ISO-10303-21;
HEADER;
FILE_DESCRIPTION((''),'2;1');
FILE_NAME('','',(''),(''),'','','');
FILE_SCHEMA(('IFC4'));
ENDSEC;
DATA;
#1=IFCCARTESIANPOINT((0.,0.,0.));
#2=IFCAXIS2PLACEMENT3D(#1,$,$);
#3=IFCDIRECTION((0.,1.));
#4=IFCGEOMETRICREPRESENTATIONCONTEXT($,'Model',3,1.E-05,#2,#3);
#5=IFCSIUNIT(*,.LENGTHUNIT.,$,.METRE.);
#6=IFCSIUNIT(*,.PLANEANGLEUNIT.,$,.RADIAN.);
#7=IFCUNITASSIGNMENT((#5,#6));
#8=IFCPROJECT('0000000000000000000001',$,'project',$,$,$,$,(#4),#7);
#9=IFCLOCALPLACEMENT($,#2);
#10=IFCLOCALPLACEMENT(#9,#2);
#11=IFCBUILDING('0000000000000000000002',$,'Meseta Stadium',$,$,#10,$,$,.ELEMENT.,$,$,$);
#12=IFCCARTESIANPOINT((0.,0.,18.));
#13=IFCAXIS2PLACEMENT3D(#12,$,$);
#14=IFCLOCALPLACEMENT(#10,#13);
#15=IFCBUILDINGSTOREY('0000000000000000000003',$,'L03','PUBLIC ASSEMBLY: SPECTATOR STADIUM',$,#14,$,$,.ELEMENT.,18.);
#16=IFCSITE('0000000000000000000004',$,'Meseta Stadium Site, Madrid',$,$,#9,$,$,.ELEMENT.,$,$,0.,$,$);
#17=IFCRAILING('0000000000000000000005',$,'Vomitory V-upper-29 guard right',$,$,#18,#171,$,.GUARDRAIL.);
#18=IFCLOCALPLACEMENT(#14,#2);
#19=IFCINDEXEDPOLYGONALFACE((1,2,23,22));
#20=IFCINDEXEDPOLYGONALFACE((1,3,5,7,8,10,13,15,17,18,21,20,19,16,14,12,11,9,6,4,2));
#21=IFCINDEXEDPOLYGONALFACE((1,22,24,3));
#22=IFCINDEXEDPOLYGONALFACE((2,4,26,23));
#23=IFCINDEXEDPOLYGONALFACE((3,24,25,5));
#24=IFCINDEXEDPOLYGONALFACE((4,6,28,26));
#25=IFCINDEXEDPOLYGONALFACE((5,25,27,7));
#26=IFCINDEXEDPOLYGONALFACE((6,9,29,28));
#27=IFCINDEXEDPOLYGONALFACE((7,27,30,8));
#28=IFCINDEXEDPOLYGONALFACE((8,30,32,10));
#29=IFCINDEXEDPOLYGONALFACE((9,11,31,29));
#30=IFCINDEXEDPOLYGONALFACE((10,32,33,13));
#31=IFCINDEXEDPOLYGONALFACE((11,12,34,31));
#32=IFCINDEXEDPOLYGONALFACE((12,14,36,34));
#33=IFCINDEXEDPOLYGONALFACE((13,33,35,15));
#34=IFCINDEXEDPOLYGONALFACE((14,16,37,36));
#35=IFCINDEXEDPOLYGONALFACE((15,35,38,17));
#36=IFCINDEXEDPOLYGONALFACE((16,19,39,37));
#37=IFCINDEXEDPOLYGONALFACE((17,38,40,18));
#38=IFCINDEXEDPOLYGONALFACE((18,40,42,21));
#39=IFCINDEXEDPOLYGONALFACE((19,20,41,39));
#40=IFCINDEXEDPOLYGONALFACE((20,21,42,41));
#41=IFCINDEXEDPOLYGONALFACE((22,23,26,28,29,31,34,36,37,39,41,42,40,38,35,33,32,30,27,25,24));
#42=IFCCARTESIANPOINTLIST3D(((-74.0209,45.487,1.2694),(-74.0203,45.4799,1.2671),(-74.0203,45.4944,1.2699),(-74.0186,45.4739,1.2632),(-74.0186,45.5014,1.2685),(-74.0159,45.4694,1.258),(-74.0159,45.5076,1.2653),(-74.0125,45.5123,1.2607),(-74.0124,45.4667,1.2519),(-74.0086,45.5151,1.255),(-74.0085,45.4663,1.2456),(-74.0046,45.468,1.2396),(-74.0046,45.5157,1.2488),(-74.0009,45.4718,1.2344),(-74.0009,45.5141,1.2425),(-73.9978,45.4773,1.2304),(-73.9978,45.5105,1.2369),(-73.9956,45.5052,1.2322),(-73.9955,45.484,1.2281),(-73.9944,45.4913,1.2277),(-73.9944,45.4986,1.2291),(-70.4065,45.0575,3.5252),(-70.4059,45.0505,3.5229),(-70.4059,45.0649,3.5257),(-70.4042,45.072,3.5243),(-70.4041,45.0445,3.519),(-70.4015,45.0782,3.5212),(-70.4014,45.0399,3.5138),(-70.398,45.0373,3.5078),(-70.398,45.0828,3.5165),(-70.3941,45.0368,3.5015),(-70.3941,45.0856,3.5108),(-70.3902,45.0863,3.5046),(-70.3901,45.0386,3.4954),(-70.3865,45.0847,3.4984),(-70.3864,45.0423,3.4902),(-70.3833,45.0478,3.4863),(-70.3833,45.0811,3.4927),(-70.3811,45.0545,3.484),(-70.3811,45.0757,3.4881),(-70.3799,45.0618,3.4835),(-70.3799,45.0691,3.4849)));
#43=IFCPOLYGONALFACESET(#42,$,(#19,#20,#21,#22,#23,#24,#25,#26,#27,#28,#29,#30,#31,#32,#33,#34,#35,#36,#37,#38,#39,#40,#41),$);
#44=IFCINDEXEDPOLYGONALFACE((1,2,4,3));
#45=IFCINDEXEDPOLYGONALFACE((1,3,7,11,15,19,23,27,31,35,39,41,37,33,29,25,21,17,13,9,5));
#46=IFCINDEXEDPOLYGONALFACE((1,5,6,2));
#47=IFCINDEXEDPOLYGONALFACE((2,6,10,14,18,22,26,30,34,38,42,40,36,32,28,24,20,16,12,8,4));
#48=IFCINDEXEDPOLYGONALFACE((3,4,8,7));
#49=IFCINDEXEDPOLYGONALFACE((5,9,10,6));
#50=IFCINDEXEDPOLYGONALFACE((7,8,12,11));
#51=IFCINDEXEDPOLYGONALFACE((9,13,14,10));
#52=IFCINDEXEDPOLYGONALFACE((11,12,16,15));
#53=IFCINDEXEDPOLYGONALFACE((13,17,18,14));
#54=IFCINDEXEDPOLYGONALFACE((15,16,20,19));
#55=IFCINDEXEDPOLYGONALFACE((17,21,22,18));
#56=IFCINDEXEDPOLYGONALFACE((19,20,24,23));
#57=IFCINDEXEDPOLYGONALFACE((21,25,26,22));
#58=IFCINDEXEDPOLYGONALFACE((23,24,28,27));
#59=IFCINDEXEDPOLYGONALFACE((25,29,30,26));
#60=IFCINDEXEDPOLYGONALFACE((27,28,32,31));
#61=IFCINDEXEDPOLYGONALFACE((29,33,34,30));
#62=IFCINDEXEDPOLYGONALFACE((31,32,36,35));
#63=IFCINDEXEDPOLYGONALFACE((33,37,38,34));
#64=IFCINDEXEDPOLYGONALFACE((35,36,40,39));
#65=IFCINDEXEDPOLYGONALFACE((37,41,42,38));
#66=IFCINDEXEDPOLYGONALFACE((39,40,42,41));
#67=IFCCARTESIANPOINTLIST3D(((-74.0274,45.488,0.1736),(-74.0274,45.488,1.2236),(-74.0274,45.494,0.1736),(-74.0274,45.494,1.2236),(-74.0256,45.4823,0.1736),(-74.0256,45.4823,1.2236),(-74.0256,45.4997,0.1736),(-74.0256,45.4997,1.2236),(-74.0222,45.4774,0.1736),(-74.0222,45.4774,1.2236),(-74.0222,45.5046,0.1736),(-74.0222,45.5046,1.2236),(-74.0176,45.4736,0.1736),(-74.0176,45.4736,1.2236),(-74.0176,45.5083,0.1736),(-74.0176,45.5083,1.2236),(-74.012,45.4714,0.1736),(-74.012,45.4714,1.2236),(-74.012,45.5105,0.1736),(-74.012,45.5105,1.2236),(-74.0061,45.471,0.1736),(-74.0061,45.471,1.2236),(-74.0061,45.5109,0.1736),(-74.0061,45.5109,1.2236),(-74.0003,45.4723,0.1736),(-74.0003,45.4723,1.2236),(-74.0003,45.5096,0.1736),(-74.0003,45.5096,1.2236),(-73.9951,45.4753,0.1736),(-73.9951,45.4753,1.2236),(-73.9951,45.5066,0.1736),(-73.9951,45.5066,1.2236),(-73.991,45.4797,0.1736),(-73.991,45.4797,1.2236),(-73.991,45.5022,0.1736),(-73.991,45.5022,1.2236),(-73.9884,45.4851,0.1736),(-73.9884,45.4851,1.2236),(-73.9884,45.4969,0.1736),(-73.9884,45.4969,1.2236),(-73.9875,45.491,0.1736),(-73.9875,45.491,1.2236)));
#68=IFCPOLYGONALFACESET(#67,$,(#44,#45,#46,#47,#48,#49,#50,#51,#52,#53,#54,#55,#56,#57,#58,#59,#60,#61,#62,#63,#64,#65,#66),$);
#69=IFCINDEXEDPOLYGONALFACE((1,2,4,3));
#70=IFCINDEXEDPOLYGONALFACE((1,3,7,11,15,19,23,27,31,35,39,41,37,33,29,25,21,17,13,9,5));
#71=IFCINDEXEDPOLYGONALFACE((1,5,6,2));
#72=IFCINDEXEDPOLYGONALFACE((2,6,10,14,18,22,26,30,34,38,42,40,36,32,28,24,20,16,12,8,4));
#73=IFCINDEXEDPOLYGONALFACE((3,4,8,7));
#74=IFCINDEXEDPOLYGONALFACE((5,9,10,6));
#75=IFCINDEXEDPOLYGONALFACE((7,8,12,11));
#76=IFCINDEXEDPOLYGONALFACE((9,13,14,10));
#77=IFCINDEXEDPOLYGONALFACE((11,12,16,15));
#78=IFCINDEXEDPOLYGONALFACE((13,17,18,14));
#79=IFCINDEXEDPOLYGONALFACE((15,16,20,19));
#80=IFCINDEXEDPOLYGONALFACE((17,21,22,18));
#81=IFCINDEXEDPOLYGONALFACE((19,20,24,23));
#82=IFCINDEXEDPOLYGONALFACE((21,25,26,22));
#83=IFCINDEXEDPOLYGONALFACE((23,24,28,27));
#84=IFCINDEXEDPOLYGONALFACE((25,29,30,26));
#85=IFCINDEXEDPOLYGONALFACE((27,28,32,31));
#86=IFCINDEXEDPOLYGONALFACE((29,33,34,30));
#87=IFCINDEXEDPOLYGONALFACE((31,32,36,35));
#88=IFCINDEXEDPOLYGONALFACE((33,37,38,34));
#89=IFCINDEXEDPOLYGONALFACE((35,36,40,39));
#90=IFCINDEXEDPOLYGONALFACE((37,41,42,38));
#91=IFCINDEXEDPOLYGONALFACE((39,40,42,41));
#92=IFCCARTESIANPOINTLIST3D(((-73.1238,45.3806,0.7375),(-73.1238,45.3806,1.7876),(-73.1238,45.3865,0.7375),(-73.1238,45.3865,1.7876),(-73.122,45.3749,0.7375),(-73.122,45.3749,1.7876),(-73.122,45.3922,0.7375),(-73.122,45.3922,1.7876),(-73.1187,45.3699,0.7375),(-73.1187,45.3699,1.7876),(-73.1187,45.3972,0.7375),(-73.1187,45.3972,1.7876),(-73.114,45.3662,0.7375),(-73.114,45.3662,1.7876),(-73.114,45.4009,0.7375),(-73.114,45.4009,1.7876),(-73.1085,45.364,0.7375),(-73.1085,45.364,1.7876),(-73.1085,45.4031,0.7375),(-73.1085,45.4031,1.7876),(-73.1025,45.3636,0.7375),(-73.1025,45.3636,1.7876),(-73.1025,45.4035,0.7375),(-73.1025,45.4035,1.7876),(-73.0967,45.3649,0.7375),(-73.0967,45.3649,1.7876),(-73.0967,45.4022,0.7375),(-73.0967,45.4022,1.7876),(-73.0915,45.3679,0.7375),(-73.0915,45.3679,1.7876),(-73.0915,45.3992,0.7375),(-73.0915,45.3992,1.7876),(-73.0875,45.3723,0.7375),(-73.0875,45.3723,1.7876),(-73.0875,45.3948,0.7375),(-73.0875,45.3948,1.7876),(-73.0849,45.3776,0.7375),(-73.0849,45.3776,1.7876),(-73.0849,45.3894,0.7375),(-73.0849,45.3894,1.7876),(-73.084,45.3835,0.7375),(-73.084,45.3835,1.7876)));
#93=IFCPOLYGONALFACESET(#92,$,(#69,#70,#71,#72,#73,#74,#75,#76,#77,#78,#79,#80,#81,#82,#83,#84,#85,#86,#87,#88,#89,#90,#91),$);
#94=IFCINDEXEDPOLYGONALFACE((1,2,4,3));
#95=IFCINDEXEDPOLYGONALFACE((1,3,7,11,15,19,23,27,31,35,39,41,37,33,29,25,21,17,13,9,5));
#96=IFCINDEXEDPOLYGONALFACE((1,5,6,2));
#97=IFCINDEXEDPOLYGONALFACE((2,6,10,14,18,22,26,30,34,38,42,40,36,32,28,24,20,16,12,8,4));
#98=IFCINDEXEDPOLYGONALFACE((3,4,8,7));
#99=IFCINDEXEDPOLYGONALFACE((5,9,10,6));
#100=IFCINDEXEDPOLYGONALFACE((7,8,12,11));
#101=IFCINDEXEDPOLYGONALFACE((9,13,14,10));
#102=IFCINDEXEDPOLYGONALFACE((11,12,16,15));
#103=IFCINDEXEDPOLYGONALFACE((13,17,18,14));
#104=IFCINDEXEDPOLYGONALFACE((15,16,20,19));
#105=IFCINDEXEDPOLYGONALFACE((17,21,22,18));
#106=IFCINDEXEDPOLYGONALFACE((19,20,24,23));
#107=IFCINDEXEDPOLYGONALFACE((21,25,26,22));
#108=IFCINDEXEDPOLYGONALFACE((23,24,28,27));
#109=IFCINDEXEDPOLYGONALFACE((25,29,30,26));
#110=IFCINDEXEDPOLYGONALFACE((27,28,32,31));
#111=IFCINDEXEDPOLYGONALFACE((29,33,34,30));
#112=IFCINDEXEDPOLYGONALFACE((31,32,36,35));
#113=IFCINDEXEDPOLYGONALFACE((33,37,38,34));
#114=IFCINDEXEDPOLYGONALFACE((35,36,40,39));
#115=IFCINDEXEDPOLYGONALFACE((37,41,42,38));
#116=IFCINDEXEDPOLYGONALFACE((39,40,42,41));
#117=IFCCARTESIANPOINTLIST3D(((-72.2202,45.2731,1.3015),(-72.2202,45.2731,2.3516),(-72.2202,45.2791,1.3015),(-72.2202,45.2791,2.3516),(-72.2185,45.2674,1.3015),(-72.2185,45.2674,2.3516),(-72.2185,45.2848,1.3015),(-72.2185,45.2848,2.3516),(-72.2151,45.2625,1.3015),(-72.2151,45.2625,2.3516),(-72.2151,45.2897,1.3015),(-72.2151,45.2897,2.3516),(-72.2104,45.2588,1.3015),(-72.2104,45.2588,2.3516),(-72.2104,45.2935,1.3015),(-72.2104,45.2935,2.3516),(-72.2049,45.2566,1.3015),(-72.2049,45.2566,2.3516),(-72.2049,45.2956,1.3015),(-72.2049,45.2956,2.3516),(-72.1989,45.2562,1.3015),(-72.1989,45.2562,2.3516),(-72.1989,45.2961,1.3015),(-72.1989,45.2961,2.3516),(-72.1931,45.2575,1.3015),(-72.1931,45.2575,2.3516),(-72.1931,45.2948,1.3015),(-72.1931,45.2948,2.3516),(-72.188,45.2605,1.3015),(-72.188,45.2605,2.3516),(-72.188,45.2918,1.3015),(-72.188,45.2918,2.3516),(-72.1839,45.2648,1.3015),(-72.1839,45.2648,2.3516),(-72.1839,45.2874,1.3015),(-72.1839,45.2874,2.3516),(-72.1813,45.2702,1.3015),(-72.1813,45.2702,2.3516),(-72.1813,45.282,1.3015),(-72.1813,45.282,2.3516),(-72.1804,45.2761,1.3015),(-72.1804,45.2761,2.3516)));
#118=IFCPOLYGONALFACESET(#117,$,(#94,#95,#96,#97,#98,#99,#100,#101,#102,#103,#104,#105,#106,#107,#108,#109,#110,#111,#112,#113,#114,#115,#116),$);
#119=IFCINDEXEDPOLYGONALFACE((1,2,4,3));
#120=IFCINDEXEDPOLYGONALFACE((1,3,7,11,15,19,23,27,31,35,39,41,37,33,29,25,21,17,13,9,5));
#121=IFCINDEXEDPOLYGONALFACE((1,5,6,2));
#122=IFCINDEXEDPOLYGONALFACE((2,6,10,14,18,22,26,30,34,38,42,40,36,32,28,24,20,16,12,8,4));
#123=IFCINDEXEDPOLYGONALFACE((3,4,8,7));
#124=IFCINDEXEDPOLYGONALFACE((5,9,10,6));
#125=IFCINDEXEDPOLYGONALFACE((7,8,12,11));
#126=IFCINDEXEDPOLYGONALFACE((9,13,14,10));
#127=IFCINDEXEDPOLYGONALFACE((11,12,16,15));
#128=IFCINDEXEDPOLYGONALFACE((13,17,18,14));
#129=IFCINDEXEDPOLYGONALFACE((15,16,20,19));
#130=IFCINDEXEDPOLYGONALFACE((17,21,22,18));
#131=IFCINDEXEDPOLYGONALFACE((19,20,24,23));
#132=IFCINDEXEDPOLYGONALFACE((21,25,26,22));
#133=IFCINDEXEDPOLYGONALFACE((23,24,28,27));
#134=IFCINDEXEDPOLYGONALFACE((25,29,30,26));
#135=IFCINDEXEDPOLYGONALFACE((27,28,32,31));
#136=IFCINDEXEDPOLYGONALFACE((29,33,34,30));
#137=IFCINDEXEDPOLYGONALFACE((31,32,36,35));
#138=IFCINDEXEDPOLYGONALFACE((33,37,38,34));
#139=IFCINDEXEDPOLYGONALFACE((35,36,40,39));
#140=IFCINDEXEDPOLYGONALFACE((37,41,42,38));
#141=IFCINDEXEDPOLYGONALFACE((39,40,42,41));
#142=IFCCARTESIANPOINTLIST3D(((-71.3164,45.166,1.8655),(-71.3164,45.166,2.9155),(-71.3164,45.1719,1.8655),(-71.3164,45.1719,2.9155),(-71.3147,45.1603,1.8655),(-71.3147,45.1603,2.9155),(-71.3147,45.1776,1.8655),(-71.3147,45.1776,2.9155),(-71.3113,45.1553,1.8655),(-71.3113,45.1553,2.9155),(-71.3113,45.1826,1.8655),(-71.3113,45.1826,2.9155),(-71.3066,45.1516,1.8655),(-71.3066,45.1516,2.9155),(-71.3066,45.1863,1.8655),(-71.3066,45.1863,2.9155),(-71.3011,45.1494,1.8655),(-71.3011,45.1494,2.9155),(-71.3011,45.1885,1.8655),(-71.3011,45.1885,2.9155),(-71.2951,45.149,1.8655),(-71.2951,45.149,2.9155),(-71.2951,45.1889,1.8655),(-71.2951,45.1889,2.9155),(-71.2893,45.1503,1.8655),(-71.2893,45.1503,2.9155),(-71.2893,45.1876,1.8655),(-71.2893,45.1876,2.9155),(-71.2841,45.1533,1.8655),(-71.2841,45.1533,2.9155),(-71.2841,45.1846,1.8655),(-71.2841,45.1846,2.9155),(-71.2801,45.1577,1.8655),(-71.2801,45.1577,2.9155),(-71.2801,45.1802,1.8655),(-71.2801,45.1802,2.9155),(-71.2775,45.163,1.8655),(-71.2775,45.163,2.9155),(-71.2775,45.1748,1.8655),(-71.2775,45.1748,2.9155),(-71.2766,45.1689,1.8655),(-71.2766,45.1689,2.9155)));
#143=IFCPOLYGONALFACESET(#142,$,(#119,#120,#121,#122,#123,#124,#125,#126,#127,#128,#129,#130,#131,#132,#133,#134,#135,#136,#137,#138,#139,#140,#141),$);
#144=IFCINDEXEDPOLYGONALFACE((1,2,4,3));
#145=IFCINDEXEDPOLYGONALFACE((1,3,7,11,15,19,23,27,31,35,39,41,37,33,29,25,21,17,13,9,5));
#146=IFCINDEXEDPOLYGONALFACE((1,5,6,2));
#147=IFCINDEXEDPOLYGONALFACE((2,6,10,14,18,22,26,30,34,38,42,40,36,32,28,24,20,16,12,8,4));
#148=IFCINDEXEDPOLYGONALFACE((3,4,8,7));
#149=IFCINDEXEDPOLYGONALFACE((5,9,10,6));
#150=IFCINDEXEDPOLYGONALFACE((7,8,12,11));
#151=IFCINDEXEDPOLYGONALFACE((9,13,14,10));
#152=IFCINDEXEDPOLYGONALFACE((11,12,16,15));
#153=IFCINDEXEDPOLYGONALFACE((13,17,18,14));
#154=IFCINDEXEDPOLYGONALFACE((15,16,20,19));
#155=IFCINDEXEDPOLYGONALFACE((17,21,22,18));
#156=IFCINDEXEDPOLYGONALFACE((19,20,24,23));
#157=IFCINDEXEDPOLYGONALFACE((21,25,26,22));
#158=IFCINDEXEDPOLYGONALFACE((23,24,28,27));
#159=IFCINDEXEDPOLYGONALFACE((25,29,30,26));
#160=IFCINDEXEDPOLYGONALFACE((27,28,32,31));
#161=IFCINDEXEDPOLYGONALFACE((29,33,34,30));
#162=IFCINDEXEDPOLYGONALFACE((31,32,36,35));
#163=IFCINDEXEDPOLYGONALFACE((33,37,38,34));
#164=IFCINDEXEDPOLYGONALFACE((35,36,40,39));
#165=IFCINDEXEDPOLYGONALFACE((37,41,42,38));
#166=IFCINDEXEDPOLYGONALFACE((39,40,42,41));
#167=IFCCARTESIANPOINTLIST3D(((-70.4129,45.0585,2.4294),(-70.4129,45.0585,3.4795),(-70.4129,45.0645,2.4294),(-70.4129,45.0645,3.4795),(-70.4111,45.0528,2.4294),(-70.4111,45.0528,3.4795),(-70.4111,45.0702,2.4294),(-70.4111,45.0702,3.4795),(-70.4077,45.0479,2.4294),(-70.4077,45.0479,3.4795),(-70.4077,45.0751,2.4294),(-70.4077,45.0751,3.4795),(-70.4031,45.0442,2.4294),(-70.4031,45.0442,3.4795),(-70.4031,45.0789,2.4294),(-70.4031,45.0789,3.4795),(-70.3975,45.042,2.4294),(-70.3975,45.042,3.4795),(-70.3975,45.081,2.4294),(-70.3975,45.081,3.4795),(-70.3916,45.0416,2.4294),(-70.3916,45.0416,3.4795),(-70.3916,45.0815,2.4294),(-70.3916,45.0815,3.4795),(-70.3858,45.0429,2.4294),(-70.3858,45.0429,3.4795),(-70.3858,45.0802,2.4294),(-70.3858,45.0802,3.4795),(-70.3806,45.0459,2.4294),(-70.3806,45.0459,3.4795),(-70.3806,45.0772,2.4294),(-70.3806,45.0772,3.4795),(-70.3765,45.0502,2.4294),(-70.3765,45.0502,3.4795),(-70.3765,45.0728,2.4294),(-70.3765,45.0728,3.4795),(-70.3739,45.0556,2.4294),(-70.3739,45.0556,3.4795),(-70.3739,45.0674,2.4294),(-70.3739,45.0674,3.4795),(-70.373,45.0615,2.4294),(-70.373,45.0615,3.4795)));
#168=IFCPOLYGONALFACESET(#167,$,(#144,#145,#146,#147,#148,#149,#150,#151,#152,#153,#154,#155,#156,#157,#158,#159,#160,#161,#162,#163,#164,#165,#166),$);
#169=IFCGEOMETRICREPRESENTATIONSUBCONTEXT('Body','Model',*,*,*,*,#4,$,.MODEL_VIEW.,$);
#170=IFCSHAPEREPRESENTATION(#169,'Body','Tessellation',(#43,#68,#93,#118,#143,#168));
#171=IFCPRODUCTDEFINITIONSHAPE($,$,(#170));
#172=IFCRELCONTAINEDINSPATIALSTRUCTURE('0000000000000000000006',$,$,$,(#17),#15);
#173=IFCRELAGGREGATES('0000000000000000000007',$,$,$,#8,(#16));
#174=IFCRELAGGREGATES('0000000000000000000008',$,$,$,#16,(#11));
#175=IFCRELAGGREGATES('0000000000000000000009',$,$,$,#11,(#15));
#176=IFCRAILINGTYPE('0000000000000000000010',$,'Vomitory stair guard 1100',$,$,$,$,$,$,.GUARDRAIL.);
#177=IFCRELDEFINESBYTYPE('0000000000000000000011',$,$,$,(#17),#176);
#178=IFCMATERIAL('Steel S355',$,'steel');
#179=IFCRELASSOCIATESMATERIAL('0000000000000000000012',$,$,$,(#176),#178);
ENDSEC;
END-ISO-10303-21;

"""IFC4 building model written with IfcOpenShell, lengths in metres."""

from ifc_helpers import new_model, si_unit, direction, frame, origin, origin_2d, place, context, subcontext, project, spatial, circle, extrude, material, type_object, element, save


model = new_model("IFC4")

# Units and contexts
model_context = context("Model", 3, precision=1e-05, world=origin(), true_north=direction((0.0, 1.0)))
body_context = subcontext(model_context, "Body", "Model", "MODEL_VIEW")
ifc_project = project(units=[si_unit("LENGTHUNIT", "METRE"), si_unit("PLANEANGLEUNIT", "RADIAN")], contexts=[model_context])

# Site, building, storey
site_placement = place(None, origin())
site = spatial("IfcSite", under=ifc_project, at=site_placement, Name="Meseta Stadium Site, Madrid", CompositionType="ELEMENT", RefElevation=0.0)
building_placement = place(site_placement, origin())
building = spatial("IfcBuilding", under=site, at=building_placement, Name="Meseta Stadium", CompositionType="ELEMENT")
storey_placement = place(building_placement, frame((0.0, 0.0, 18.0)))
storey = spatial("IfcBuildingStorey", under=building, at=storey_placement, Name="L03", Description="PUBLIC ASSEMBLY: SPECTATOR STADIUM", CompositionType="ELEMENT", Elevation=18.0)

# Railing
ifc_material_1 = material(Name="Steel S355", Category="steel")
railing_type_1 = type_object("IfcRailingType", Name="Vomitory stair guard 1100", PredefinedType="GUARDRAIL", material=ifc_material_1)
railing_1_placement = place(storey_placement, frame((-74.0076, 45.491, 0.1736)))
element("IfcRailing", 1, at=railing_1_placement, inside=storey, type_object=railing_type_1, Name="Vomitory V-upper-29 guard right", PredefinedType="GUARDRAIL", context=body_context, shape_type="SweptSolid", body=[
    extrude(circle(Radius=0.0249, at=origin_2d()), frame((0.0, 0.0, 1.0752), z_axis=(0.84406, -0.100284, 0.526789), x_axis=(0.117981, 0.993016, 0.0)), (0.0, 0.0, 1.0), 4.2822),
    extrude(circle(Radius=0.02, at=origin_2d()), origin(), (0.0, 0.0, 1.0), 1.05),
    extrude(circle(Radius=0.02, at=origin_2d()), frame((0.9036, -0.1074, 0.564)), (0.0, 0.0, 1.0), 1.05),
    extrude(circle(Radius=0.02, at=origin_2d()), frame((1.8071, -0.2148, 1.1279)), (0.0, 0.0, 1.0), 1.05),
    extrude(circle(Radius=0.02, at=origin_2d()), frame((2.7109, -0.322, 1.6919)), (0.0, 0.0, 1.0), 1.05),
    extrude(circle(Radius=0.02, at=origin_2d()), frame((3.6145, -0.4294, 2.2559)), (0.0, 0.0, 1.0), 1.05),
])

save(model, "model.ifc")
